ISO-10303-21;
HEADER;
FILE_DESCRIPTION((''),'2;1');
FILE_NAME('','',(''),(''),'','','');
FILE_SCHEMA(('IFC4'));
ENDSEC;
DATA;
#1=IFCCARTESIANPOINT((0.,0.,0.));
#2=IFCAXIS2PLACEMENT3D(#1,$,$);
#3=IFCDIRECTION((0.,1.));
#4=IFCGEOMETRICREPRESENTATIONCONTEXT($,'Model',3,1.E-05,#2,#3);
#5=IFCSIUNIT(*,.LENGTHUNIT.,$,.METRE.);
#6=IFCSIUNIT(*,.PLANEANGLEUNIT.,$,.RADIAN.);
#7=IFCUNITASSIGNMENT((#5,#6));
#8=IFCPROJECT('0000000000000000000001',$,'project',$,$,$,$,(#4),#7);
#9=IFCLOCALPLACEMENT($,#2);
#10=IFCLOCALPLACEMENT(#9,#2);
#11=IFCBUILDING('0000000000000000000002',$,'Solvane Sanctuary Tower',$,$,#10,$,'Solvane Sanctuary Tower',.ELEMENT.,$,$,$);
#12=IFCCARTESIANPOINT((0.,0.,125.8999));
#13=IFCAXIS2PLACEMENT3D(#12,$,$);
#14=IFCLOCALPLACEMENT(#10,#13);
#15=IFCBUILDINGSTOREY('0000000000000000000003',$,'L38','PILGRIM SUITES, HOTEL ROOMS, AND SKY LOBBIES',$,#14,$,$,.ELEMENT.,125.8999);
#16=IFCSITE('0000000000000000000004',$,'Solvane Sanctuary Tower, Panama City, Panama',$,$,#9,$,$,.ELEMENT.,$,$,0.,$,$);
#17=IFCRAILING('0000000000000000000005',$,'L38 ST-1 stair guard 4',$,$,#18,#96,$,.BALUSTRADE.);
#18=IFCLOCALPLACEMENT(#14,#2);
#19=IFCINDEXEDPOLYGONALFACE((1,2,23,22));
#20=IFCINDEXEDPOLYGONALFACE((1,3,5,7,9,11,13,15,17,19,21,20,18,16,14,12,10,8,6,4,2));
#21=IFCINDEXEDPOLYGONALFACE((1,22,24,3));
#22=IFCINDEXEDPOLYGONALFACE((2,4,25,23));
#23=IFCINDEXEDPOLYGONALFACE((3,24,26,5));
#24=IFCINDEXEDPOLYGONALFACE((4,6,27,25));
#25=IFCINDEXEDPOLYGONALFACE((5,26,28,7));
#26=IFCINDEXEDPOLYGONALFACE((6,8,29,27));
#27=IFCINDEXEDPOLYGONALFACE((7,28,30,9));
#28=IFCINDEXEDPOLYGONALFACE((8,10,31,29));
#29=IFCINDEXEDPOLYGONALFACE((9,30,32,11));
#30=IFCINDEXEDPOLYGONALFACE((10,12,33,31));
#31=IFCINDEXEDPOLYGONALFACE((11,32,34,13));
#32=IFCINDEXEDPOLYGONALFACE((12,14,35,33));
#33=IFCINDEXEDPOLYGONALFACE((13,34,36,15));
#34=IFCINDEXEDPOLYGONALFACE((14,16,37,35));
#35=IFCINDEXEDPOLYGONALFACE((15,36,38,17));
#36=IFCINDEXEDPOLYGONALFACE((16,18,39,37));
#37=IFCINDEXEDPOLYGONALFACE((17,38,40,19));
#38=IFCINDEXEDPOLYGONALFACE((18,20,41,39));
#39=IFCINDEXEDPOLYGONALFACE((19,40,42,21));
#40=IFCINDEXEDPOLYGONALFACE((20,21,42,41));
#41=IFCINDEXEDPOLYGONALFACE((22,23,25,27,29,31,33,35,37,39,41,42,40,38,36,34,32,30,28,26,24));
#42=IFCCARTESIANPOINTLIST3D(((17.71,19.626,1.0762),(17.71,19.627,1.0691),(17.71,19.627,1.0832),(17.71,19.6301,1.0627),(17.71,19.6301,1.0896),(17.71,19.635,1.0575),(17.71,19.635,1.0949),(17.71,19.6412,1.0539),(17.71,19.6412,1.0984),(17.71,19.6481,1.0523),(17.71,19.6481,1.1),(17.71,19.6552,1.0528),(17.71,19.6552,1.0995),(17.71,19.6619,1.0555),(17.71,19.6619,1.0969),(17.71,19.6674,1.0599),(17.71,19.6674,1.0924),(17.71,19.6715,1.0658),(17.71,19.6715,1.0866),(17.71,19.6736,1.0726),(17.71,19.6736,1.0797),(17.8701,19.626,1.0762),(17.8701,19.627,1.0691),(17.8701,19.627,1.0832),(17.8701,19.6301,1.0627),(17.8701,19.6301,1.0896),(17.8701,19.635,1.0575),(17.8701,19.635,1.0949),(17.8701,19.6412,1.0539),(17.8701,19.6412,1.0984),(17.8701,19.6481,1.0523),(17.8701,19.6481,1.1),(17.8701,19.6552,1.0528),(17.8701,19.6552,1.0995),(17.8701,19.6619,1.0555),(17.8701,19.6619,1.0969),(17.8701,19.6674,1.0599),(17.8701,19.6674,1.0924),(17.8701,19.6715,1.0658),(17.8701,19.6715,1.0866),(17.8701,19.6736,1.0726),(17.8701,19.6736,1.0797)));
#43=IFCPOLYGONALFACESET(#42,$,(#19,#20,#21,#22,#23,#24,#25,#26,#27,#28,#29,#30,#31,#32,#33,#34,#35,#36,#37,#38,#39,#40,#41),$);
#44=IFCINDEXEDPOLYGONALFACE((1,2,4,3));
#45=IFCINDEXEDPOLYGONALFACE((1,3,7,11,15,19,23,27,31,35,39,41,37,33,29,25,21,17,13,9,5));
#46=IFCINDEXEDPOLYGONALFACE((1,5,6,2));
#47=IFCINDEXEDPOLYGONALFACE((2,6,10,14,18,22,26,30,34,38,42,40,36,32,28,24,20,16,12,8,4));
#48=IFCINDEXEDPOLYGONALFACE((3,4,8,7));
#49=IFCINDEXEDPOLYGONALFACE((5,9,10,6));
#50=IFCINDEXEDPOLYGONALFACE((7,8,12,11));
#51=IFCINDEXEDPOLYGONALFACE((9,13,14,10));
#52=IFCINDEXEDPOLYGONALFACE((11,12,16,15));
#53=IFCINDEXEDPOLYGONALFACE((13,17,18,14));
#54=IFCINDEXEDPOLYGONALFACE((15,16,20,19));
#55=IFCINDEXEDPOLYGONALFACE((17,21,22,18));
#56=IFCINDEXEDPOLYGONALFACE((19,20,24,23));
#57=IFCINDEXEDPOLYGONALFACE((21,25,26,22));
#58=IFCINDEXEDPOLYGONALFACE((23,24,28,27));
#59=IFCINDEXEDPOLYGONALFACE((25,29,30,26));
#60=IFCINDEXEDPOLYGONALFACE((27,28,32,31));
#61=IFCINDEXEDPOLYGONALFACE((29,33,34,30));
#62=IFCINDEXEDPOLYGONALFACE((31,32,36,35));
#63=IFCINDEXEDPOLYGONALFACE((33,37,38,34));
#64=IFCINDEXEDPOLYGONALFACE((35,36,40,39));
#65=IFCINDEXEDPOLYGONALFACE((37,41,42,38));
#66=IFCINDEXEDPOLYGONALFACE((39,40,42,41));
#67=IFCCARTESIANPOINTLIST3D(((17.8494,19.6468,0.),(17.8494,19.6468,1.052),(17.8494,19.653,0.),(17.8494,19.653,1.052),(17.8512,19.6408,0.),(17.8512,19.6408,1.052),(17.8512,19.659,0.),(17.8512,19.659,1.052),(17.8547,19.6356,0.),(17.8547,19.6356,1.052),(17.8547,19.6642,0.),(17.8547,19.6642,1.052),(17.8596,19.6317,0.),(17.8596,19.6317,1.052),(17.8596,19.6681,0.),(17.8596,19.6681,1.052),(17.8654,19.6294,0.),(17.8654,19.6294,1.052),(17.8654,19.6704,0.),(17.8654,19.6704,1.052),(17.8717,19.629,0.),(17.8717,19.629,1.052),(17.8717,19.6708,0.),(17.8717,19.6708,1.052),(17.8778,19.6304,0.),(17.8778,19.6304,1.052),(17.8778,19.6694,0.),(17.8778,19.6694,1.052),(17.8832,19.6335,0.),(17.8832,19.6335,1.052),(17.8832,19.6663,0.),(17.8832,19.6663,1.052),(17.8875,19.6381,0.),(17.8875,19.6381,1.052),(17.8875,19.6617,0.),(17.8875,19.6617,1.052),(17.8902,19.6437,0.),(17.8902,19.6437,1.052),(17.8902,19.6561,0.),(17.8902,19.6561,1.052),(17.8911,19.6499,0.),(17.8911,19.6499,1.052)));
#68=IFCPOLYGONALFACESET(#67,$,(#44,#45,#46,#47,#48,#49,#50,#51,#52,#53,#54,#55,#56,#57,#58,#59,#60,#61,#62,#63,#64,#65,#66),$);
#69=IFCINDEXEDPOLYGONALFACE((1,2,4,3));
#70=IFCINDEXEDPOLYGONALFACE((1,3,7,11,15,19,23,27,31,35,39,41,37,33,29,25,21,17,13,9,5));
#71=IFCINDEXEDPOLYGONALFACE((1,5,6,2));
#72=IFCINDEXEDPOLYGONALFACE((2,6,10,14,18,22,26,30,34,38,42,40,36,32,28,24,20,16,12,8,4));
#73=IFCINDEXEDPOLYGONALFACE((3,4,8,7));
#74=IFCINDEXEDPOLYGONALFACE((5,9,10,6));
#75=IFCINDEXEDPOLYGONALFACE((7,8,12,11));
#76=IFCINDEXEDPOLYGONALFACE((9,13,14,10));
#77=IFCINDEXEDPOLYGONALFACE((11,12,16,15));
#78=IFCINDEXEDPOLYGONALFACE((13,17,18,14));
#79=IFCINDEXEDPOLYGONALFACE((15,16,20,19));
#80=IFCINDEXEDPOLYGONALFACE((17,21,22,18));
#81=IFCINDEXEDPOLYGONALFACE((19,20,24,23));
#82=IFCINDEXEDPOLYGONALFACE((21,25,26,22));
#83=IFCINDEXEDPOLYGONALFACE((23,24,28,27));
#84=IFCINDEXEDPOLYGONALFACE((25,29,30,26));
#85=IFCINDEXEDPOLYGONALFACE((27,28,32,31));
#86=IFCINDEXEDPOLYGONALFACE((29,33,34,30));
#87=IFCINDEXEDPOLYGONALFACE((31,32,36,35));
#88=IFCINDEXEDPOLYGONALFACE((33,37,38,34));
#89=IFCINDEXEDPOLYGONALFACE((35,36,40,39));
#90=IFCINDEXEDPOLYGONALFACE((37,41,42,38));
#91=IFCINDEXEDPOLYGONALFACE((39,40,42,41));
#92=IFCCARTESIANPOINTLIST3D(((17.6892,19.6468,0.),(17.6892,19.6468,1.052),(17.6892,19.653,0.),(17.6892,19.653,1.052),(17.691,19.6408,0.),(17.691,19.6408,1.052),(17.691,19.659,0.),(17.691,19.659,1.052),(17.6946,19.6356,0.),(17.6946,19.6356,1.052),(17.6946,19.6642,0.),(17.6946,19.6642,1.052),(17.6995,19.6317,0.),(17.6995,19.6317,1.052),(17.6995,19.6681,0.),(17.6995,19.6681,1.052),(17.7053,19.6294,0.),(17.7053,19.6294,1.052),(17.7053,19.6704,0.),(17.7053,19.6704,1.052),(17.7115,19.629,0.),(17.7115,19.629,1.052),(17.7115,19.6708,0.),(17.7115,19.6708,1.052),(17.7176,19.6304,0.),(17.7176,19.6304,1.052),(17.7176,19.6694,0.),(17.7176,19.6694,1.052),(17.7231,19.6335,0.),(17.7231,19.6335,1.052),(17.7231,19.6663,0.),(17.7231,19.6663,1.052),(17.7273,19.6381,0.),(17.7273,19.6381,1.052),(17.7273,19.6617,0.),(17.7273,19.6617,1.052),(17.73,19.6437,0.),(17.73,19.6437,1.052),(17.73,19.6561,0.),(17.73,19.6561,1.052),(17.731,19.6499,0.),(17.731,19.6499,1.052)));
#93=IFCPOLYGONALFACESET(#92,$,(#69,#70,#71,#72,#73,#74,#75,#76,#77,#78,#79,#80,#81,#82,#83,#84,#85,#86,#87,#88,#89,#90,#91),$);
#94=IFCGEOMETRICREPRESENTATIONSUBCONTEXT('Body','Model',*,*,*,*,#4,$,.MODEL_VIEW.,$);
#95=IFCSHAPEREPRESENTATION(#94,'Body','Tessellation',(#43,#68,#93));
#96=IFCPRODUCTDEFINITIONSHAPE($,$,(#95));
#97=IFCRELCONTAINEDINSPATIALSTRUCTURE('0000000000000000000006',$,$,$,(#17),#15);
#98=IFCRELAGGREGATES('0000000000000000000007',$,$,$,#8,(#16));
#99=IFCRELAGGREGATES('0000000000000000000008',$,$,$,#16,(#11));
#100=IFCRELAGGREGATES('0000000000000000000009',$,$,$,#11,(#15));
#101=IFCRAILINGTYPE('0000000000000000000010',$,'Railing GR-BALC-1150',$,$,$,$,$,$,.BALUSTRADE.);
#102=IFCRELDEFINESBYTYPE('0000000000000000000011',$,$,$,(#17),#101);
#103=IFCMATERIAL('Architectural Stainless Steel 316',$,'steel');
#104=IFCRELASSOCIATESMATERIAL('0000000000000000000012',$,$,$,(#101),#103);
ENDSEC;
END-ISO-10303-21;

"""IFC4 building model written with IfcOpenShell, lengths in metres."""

from ifc_helpers import new_model, si_unit, direction, frame, origin, origin_2d, place, context, subcontext, project, spatial, circle, extrude, material, type_object, element, save


model = new_model("IFC4")

# Units and contexts
model_context = context("Model", 3, precision=1e-05, world=origin(), true_north=direction((0.0, 1.0)))
body_context = subcontext(model_context, "Body", "Model", "MODEL_VIEW")
ifc_project = project(units=[si_unit("LENGTHUNIT", "METRE"), si_unit("PLANEANGLEUNIT", "RADIAN")], contexts=[model_context])

# Site, building, storey
site_placement = place(None, origin())
site = spatial("IfcSite", under=ifc_project, at=site_placement, Name="Solvane Sanctuary Tower, Panama City, Panama", CompositionType="ELEMENT", RefElevation=0.0)
building_placement = place(site_placement, origin())
building = spatial("IfcBuilding", under=site, at=building_placement, Name="Solvane Sanctuary Tower", LongName="Solvane Sanctuary Tower", CompositionType="ELEMENT")
storey_placement = place(building_placement, frame((0.0, 0.0, 125.8999)))
storey = spatial("IfcBuildingStorey", under=building, at=storey_placement, Name="L38", Description="PILGRIM SUITES, HOTEL ROOMS, AND SKY LOBBIES", CompositionType="ELEMENT", Elevation=125.8999)

# Shared definitions
ifc_material_1 = material(Name="Architectural Stainless Steel 316", Category="steel")

# Railing
railing_type_1 = type_object("IfcRailingType", Name="Railing GR-BALC-1150", PredefinedType="BALUSTRADE", material=ifc_material_1)
railing_1_placement = place(storey_placement, frame((17.8701, 19.6499, 0.0)))
element("IfcRailing", 1, at=railing_1_placement, inside=storey, type_object=railing_type_1, Name="L38 ST-1 stair guard 4", PredefinedType="BALUSTRADE", context=body_context, shape_type="SweptSolid", body=[
    extrude(circle(Radius=0.0239, at=origin_2d()), frame((0.0, 0.0, 1.0762), z_axis=(-1.0, 0.0, 0.0), x_axis=(0.0, -1.0, 0.0)), (0.0, 0.0, 1.0), 0.1602),
    extrude(circle(Radius=0.021, at=origin_2d()), origin(), (0.0, 0.0, 1.0), 1.052),
    extrude(circle(Radius=0.021, at=origin_2d()), frame((-0.1602, 0.0, 0.0)), (0.0, 0.0, 1.0), 1.052),
])

save(model, "model.ifc")
